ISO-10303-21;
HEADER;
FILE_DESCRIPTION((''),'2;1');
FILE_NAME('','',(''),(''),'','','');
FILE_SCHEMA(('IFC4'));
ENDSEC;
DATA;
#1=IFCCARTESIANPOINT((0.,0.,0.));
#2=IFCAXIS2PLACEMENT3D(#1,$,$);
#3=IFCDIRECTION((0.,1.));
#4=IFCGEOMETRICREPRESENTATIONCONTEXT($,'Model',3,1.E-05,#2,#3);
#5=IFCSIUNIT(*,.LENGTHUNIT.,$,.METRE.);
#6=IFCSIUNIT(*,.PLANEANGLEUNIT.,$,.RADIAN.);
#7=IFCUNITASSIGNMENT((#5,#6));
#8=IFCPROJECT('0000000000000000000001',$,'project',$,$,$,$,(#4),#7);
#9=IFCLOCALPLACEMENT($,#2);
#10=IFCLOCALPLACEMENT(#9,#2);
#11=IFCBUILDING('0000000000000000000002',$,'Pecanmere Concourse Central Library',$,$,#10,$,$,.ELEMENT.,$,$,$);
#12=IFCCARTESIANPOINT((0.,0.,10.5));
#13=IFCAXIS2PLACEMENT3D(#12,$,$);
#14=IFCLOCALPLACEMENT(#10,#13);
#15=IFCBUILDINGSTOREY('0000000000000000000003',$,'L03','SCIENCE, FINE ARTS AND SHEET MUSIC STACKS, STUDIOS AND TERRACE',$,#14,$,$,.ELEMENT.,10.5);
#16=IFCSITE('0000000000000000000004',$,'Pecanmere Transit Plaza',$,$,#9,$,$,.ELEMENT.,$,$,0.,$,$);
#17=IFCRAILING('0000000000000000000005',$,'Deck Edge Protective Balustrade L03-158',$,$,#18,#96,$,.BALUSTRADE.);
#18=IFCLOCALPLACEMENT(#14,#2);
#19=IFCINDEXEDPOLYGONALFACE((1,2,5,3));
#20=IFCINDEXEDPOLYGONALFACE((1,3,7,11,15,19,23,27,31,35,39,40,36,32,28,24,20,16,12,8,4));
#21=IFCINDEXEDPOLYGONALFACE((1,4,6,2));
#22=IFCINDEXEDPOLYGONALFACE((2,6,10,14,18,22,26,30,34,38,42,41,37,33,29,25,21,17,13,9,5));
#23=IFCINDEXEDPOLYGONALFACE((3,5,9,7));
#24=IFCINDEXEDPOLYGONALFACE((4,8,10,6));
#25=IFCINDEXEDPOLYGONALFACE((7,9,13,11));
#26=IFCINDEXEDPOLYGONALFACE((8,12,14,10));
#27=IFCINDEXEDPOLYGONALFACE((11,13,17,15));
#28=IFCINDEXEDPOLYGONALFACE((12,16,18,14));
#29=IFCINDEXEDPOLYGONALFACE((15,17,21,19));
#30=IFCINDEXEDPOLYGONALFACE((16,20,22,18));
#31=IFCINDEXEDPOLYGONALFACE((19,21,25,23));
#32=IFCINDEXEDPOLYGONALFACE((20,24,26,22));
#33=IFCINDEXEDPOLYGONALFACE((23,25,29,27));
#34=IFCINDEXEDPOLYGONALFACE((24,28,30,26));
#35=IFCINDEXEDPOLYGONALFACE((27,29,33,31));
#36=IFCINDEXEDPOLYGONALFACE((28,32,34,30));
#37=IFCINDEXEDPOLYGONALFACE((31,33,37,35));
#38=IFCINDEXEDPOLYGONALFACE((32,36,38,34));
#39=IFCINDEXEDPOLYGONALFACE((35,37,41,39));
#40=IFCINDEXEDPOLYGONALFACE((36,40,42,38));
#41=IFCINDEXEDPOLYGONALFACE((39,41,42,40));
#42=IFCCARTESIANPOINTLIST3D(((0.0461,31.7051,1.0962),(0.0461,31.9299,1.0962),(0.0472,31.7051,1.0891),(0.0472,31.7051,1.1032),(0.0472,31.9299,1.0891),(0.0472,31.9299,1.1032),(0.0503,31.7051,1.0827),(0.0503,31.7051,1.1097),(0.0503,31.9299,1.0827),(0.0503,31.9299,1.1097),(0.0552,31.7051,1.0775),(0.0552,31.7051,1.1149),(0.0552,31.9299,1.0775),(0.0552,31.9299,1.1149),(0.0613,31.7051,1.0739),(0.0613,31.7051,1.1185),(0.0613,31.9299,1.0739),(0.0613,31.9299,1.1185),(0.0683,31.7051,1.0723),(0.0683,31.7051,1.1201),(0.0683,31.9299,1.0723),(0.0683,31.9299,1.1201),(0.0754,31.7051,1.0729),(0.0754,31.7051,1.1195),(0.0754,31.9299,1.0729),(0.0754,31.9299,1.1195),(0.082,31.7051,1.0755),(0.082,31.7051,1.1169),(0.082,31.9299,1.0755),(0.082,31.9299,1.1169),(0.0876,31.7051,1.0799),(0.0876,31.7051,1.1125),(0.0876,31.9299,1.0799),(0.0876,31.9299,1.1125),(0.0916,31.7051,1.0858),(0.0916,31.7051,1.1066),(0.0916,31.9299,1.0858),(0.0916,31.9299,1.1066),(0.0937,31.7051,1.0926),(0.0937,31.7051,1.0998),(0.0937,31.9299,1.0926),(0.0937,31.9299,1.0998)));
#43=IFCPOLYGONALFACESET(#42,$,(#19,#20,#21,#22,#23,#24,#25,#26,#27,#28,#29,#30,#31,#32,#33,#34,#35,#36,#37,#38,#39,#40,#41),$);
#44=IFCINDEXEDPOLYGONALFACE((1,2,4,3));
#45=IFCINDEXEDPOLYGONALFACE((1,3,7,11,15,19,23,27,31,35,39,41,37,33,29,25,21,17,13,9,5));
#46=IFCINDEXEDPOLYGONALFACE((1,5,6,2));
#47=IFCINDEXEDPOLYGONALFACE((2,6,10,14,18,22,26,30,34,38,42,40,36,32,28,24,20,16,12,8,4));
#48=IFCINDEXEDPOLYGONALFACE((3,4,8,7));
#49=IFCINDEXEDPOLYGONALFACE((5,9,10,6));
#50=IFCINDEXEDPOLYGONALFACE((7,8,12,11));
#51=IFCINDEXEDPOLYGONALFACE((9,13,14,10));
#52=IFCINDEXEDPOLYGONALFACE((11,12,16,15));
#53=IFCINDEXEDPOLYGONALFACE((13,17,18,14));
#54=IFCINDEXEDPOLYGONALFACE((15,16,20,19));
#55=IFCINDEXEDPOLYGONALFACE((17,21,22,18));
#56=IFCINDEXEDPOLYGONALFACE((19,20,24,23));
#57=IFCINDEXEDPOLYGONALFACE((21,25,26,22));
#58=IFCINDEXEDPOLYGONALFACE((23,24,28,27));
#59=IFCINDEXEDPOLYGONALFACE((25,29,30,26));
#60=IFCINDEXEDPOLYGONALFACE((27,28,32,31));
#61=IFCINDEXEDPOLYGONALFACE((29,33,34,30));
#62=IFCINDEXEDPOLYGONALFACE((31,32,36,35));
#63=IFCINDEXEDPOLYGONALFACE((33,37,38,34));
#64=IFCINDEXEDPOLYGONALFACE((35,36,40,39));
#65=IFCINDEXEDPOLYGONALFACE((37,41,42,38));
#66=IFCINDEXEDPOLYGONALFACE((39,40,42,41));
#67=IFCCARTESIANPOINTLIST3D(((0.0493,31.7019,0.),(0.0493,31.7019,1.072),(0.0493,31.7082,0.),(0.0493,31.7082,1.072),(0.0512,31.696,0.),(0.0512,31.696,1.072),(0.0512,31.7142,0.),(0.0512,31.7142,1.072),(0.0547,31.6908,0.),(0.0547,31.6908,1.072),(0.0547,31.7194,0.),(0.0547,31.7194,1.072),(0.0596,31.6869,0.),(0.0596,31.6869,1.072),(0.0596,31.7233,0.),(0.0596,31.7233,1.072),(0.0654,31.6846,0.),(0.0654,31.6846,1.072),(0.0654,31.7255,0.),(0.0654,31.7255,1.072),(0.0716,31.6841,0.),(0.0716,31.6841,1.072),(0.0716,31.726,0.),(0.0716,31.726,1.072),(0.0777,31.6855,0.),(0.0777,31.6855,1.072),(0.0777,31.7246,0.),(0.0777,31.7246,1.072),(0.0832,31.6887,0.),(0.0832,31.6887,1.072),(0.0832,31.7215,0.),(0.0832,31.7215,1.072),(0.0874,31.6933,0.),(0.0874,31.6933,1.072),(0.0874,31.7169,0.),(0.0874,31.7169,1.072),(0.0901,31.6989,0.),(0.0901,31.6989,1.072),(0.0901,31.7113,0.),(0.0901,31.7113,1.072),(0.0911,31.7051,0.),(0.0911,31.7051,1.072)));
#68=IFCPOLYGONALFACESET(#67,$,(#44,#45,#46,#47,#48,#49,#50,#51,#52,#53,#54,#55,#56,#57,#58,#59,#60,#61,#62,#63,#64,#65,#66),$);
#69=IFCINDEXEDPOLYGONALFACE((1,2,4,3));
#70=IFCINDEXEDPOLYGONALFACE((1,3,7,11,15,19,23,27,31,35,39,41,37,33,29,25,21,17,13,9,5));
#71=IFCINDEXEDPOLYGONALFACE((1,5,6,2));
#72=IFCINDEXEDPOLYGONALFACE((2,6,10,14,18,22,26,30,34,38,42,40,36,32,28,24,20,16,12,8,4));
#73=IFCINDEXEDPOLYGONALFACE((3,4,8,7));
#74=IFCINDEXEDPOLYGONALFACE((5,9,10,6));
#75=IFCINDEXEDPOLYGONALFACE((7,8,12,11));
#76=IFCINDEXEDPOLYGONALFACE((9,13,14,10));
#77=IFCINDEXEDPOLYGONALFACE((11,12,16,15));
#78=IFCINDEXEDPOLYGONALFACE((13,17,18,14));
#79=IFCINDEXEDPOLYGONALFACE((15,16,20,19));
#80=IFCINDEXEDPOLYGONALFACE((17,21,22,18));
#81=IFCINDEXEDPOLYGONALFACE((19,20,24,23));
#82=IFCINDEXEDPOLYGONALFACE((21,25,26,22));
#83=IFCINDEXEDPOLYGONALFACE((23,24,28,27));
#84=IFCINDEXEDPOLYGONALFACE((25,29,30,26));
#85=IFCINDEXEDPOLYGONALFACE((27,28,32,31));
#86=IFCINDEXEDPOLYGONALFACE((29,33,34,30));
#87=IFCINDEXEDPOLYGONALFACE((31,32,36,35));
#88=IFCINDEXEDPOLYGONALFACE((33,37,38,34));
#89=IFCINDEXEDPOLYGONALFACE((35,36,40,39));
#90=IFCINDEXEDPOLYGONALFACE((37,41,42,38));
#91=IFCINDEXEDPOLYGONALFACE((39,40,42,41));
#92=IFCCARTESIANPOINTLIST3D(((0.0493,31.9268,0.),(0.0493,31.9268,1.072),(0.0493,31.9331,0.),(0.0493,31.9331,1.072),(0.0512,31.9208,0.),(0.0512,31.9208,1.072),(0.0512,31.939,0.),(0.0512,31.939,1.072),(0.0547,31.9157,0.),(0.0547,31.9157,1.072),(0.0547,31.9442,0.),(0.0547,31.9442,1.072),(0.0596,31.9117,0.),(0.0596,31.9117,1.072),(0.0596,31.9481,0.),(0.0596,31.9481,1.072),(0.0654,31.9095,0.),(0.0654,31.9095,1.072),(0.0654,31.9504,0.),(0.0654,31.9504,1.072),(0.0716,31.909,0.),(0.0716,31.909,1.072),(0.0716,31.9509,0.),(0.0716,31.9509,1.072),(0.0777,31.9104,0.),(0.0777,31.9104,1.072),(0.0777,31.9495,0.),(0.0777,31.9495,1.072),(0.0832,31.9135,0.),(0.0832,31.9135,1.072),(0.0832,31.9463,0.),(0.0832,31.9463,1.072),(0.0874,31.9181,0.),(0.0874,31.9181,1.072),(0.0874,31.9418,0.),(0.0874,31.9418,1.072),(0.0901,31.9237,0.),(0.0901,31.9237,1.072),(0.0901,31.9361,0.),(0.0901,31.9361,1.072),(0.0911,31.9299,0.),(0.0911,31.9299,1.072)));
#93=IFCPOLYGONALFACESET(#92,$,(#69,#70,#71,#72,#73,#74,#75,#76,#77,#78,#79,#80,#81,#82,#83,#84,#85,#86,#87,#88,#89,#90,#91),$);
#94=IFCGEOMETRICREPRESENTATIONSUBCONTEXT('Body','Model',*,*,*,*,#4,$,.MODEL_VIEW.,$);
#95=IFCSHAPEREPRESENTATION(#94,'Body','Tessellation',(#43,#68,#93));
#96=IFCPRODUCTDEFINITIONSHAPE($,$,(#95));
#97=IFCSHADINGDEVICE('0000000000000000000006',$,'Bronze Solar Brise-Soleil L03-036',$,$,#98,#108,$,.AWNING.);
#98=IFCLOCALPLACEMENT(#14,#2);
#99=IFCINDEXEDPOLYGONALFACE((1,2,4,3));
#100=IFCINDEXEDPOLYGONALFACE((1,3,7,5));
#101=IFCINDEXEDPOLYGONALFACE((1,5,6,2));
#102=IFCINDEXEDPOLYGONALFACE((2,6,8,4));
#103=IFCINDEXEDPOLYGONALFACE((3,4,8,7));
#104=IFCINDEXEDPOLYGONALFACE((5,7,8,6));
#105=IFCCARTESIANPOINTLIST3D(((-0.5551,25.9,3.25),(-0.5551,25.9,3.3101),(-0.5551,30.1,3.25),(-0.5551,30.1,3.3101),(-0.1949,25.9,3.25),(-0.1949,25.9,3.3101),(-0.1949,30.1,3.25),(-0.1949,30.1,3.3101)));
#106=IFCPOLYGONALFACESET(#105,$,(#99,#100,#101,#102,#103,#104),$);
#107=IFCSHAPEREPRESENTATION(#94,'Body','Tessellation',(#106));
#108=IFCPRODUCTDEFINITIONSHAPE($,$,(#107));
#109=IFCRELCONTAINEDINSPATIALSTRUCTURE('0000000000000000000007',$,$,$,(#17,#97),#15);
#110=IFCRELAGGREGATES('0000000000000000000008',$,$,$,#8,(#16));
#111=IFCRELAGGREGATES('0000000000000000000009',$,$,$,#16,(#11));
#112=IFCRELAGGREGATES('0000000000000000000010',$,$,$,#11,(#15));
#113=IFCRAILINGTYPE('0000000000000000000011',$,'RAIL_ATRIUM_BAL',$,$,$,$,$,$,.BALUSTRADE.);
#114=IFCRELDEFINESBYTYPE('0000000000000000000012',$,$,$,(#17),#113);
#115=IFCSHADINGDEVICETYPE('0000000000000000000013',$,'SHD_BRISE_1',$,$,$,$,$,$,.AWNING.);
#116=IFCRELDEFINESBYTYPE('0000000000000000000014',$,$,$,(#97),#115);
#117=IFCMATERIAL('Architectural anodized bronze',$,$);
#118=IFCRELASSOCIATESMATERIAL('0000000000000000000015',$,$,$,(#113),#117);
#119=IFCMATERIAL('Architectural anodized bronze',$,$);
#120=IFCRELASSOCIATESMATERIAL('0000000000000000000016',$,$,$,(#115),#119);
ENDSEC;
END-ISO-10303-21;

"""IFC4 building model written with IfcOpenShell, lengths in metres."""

from ifc_helpers import new_model, si_unit, direction, frame, origin, origin_2d, place, context, subcontext, project, spatial, rectangle, circle, extrude, material, type_object, element, save


model = new_model("IFC4")

# Units and contexts
model_context = context("Model", 3, precision=1e-05, world=origin(), true_north=direction((0.0, 1.0)))
body_context = subcontext(model_context, "Body", "Model", "MODEL_VIEW")
ifc_project = project(units=[si_unit("LENGTHUNIT", "METRE"), si_unit("PLANEANGLEUNIT", "RADIAN")], contexts=[model_context])

# Site, building, storey
site_placement = place(None, origin())
site = spatial("IfcSite", under=ifc_project, at=site_placement, Name="Pecanmere Transit Plaza", CompositionType="ELEMENT", RefElevation=0.0)
building_placement = place(site_placement, origin())
building = spatial("IfcBuilding", under=site, at=building_placement, Name="Pecanmere Concourse Central Library", CompositionType="ELEMENT")
storey_placement = place(building_placement, frame((0.0, 0.0, 10.5)))
storey = spatial("IfcBuildingStorey", under=building, at=storey_placement, Name="L03", Description="SCIENCE, FINE ARTS AND SHEET MUSIC STACKS, STUDIOS AND TERRACE", CompositionType="ELEMENT", Elevation=10.5)

# Railing
ifc_material_1 = material(Name="Architectural anodized bronze")
railing_type = type_object("IfcRailingType", Name="RAIL_ATRIUM_BAL", PredefinedType="BALUSTRADE", material=ifc_material_1)
railing_1_placement = place(storey_placement, frame((0.0701, 31.7051, 0.0)))
element("IfcRailing", 1, at=railing_1_placement, inside=storey, type_object=railing_type, Name="Deck Edge Protective Balustrade L03-158", PredefinedType="BALUSTRADE", context=body_context, shape_type="SweptSolid", body=[
    extrude(circle(Radius=0.0239, at=origin_2d()), frame((0.0, 0.0, 1.0962), z_axis=(0.0, 1.0, 0.0), x_axis=(-1.0, 0.0, 0.0)), (0.0, 0.0, 1.0), 0.2249),
    extrude(circle(Radius=0.021, at=origin_2d()), origin(), (0.0, 0.0, 1.0), 1.072),
    extrude(circle(Radius=0.021, at=origin_2d()), frame((0.0, 0.2249, 0.0)), (0.0, 0.0, 1.0), 1.072),
])

# Shading device
ifc_material_2 = material(Name="Architectural anodized bronze")
shading_device_type = type_object("IfcShadingDeviceType", Name="SHD_BRISE_1", PredefinedType="AWNING", material=ifc_material_2)
shading_device_placement = place(storey_placement, frame((-0.375, 28.0, 3.25), z_axis=(0.0, 0.0, 1.0), x_axis=(0.0, -1.0, 0.0)))
element("IfcShadingDevice", 2, at=shading_device_placement, inside=storey, type_object=shading_device_type, Name="Bronze Solar Brise-Soleil L03-036", PredefinedType="AWNING", context=body_context, shape_type="SweptSolid", body=[
    extrude(rectangle(XDim=4.2, YDim=0.3601, at=origin_2d()), origin(), (0.0, 0.0, 1.0), 0.0601),
])

save(model, "model.ifc")
